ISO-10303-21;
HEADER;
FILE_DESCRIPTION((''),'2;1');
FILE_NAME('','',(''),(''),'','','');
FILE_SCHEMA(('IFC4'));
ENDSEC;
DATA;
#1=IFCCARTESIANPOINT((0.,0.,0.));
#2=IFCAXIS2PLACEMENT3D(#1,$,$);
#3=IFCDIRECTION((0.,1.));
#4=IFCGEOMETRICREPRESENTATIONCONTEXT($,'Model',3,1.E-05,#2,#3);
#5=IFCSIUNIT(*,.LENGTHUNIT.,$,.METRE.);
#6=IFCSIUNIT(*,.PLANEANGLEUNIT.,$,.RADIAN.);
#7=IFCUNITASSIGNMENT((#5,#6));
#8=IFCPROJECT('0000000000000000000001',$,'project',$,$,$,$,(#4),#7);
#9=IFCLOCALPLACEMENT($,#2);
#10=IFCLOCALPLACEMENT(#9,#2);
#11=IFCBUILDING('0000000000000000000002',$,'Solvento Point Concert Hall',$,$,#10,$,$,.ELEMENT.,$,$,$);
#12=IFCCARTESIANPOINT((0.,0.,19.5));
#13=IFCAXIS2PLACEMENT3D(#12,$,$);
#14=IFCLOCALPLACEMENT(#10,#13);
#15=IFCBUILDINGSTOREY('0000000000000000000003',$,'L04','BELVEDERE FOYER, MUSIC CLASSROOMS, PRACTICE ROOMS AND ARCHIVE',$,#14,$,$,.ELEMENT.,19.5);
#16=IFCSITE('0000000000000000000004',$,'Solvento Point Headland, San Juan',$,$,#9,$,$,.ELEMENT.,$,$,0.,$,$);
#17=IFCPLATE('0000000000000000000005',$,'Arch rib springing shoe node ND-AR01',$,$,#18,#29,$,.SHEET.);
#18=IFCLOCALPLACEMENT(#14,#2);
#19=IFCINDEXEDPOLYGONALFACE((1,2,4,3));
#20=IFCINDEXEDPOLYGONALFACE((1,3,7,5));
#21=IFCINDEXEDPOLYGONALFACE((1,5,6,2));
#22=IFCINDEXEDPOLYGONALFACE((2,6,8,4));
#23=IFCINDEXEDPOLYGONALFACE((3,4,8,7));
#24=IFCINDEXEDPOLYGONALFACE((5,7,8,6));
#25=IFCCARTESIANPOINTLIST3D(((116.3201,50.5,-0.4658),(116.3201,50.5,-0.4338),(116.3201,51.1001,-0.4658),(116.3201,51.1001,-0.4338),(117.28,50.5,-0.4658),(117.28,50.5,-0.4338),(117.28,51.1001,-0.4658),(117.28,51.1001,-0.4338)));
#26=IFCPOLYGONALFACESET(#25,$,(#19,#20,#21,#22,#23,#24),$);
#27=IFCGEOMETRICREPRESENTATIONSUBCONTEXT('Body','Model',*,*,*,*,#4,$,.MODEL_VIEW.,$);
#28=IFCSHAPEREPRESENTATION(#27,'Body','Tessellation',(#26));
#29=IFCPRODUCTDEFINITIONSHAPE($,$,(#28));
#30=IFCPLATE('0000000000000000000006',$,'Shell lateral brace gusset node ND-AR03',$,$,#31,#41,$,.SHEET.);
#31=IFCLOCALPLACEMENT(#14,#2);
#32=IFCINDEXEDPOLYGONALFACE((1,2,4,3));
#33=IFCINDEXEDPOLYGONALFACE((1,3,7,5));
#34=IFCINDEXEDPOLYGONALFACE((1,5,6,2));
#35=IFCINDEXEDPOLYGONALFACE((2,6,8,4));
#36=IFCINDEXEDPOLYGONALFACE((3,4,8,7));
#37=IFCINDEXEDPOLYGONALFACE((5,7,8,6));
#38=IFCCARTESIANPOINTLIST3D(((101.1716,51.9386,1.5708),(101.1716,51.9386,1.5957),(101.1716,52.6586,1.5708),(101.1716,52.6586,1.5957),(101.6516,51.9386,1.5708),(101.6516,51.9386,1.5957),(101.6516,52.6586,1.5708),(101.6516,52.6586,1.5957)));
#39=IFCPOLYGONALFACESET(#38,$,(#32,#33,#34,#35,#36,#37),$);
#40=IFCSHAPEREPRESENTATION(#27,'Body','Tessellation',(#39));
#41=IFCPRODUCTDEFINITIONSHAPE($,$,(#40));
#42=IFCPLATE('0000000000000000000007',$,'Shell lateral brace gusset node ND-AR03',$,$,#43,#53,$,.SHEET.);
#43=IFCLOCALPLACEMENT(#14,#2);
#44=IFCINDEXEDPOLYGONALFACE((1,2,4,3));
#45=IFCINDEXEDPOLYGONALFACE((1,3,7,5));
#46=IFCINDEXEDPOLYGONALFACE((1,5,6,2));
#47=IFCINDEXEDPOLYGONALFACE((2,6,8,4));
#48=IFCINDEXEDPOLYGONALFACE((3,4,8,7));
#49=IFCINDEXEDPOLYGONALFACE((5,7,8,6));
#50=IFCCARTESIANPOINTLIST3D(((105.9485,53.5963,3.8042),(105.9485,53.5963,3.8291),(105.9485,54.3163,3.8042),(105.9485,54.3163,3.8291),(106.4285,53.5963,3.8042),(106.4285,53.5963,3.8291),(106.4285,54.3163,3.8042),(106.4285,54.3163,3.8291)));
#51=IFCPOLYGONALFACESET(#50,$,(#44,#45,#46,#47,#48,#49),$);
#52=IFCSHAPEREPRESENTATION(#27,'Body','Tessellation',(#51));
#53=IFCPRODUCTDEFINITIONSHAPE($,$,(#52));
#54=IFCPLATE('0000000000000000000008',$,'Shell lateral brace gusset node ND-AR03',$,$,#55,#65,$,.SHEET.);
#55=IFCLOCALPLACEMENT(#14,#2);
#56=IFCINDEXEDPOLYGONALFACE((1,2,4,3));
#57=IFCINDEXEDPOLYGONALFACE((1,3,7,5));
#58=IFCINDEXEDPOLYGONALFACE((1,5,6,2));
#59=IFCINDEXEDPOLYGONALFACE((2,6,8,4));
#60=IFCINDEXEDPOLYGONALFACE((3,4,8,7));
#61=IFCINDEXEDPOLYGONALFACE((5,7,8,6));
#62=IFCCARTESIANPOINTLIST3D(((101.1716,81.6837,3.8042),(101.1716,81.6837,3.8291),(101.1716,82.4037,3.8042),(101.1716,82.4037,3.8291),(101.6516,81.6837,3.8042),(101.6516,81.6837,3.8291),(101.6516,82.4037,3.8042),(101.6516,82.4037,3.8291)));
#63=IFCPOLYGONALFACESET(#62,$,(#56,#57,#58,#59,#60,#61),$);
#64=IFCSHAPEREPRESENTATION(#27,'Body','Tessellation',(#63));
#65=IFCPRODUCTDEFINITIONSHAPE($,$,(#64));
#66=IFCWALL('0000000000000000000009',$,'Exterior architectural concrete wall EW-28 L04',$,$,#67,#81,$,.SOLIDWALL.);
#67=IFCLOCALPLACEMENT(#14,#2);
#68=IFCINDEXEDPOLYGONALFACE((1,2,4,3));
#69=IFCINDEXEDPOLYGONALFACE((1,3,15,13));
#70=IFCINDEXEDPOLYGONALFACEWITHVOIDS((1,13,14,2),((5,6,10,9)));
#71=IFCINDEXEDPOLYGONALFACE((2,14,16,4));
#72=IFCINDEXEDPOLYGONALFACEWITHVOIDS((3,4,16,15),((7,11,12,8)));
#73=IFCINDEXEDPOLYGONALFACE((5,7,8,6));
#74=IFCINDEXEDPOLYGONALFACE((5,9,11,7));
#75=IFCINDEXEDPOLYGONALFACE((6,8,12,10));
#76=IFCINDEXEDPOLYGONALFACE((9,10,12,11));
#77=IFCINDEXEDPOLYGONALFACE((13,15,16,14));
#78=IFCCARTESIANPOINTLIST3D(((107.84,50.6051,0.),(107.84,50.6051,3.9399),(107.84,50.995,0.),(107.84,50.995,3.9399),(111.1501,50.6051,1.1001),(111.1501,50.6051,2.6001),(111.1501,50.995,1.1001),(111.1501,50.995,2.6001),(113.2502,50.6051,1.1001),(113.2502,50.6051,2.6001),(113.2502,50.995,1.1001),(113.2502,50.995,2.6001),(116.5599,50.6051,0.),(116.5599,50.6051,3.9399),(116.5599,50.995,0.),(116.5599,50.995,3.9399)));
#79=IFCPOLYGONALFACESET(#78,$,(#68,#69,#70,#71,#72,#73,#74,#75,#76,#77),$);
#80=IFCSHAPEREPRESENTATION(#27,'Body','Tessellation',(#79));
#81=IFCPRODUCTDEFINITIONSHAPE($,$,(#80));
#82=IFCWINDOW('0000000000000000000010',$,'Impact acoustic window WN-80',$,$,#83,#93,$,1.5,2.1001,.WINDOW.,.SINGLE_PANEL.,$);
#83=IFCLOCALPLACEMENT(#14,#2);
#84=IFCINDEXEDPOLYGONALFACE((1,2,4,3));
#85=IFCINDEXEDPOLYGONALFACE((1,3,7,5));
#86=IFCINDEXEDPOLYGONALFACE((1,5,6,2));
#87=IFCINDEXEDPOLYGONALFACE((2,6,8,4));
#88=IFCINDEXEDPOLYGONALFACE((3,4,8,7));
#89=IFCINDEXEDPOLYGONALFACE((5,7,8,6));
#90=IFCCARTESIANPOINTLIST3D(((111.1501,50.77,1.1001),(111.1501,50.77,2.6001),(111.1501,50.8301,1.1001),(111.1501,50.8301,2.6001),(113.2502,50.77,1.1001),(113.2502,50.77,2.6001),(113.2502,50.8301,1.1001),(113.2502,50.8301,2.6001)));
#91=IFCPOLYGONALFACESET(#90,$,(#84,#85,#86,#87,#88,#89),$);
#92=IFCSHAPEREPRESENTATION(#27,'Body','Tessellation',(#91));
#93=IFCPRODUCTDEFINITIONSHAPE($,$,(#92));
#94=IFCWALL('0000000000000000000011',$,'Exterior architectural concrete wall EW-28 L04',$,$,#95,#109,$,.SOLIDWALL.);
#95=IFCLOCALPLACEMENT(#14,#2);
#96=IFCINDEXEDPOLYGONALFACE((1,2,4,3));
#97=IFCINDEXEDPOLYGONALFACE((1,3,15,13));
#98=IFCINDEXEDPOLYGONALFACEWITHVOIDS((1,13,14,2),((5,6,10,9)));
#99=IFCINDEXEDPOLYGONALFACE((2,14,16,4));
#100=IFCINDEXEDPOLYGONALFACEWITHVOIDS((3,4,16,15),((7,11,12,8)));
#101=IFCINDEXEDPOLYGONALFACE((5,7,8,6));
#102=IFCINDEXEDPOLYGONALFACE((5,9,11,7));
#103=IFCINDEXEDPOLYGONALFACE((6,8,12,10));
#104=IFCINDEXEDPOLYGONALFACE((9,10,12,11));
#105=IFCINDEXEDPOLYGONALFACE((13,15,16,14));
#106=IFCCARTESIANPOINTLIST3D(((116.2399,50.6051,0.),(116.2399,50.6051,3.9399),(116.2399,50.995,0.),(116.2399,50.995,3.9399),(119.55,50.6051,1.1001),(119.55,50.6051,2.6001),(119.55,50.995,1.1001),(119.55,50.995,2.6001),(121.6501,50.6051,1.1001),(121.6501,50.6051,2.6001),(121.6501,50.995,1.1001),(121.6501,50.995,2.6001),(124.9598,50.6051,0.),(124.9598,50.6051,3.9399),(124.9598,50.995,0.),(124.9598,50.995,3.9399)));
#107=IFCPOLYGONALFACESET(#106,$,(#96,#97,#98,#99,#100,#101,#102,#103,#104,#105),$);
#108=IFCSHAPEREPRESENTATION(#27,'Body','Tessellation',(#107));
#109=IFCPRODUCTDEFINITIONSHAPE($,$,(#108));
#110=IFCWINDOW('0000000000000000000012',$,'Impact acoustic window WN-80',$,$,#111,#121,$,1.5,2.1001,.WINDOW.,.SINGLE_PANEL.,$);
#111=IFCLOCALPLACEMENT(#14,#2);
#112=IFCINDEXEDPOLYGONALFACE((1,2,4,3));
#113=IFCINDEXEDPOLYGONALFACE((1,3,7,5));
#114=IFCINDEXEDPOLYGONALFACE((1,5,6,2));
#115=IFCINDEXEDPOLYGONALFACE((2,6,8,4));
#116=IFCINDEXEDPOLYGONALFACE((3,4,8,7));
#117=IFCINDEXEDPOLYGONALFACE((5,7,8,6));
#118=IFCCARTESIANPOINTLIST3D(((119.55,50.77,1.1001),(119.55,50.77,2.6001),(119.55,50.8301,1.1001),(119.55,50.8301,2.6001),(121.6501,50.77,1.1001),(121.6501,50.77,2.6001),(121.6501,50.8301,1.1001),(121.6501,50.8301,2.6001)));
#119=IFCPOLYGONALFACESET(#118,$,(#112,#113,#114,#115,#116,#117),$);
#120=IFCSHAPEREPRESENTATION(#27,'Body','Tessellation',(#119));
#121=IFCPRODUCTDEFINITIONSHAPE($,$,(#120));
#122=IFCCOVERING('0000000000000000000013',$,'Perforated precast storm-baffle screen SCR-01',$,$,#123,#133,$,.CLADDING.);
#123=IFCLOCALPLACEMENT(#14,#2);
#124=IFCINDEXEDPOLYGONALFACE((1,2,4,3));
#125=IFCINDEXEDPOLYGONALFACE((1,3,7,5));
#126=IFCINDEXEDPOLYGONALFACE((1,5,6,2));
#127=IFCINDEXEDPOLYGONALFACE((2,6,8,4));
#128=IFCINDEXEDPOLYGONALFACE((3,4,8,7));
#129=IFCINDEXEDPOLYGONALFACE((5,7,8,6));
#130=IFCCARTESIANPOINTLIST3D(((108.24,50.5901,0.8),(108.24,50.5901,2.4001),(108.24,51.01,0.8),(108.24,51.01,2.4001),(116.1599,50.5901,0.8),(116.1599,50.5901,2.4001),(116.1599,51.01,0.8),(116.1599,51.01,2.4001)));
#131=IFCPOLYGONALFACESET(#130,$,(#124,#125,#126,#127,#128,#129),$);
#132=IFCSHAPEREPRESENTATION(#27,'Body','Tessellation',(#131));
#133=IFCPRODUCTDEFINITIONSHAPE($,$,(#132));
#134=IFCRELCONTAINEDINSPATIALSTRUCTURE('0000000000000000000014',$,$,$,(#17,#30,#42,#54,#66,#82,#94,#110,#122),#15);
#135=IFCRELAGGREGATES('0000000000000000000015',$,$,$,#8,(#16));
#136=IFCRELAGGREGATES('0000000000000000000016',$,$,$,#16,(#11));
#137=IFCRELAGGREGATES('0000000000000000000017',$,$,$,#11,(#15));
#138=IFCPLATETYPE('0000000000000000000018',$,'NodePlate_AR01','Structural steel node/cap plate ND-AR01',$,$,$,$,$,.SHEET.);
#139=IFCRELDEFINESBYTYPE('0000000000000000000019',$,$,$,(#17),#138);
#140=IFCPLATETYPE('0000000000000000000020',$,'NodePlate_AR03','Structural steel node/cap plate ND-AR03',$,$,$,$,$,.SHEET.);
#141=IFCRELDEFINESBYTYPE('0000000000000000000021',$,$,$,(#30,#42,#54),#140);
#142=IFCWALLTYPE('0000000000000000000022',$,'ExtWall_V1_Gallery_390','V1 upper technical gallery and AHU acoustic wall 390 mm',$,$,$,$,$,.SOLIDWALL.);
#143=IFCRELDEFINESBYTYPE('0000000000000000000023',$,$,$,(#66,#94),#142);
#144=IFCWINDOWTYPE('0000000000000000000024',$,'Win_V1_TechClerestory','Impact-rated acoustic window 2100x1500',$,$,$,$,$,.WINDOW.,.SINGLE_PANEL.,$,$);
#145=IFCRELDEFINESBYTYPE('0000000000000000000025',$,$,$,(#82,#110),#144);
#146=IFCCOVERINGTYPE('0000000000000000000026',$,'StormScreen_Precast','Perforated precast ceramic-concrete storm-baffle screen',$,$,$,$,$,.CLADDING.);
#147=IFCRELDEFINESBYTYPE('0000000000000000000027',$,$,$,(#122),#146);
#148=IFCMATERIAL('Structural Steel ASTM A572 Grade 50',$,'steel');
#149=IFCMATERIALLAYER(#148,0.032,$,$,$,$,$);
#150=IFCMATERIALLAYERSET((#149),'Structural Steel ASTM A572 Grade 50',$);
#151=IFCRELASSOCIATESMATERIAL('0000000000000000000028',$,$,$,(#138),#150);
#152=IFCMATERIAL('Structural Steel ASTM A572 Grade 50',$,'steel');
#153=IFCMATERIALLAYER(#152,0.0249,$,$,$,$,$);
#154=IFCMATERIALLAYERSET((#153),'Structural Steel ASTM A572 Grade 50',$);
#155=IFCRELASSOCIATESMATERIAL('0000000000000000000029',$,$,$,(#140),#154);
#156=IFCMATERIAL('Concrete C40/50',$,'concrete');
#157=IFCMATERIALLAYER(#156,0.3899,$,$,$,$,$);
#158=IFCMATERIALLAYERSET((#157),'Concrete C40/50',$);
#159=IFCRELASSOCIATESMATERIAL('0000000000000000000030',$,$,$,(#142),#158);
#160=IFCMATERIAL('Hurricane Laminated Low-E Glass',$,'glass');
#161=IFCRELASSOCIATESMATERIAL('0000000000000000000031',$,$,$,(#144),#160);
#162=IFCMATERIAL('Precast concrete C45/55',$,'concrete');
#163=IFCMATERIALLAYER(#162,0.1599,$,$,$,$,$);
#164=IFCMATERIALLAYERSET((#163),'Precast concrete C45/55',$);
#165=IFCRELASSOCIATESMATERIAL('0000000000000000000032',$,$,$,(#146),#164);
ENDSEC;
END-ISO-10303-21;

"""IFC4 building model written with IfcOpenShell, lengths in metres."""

from ifc_helpers import new_model, si_unit, direction, frame, frame_2d, origin, origin_2d, place, context, subcontext, project, spatial, rectangle, extrude, material, layer, layer_set, type_object, element, fill, save


model = new_model("IFC4")

# Units and contexts
model_context = context("Model", 3, precision=1e-05, world=origin(), true_north=direction((0.0, 1.0)))
body_context = subcontext(model_context, "Body", "Model", "MODEL_VIEW")
ifc_project = project(units=[si_unit("LENGTHUNIT", "METRE"), si_unit("PLANEANGLEUNIT", "RADIAN")], contexts=[model_context])

# Site, building, storey
site_placement = place(None, origin())
site = spatial("IfcSite", under=ifc_project, at=site_placement, Name="Solvento Point Headland, San Juan", CompositionType="ELEMENT", RefElevation=0.0)
building_placement = place(site_placement, origin())
building = spatial("IfcBuilding", under=site, at=building_placement, Name="Solvento Point Concert Hall", CompositionType="ELEMENT")
storey_placement = place(building_placement, frame((0.0, 0.0, 19.5)))
storey = spatial("IfcBuildingStorey", under=building, at=storey_placement, Name="L04", Description="BELVEDERE FOYER, MUSIC CLASSROOMS, PRACTICE ROOMS AND ARCHIVE", CompositionType="ELEMENT", Elevation=19.5)

# Plates
ifc_material_1 = material(Name="Structural Steel ASTM A572 Grade 50", Category="steel")
ifc_layer_1 = layer(ifc_material_1, 0.032)
ifc_layer_set_1 = layer_set([ifc_layer_1], Name="Structural Steel ASTM A572 Grade 50")
plate_type_1 = type_object("IfcPlateType", Name="NodePlate_AR01", Description="Structural steel node/cap plate ND-AR01", PredefinedType="SHEET", material=ifc_layer_set_1)
for number, where, z_axis, x_axis, name in (
    (1, (116.8, 50.8, -0.4658), (0.0, 0.0, 1.0), (1.0, 0.0, 0.0), "Arch rib springing shoe node ND-AR01"),
):
    element("IfcPlate", number, at=place(storey_placement, frame(where, z_axis=z_axis, x_axis=x_axis)), inside=storey, type_object=plate_type_1, Name=name, PredefinedType="SHEET", context=body_context, shape_type="SweptSolid", body=[
        extrude(rectangle(XDim=0.96, YDim=0.6001, at=origin_2d()), origin(), (0.0, 0.0, 1.0), 0.032),
    ])
ifc_material_2 = material(Name="Structural Steel ASTM A572 Grade 50", Category="steel")
ifc_layer_2 = layer(ifc_material_2, 0.0249)
ifc_layer_set_2 = layer_set([ifc_layer_2], Name="Structural Steel ASTM A572 Grade 50")
plate_type_2 = type_object("IfcPlateType", Name="NodePlate_AR03", Description="Structural steel node/cap plate ND-AR03", PredefinedType="SHEET", material=ifc_layer_set_2)
for number, where, z_axis, x_axis, name in (
    (2, (101.4116, 52.2986, 1.5708), (0.0, 0.0, 1.0), (0.0, 1.0, 0.0), "Shell lateral brace gusset node ND-AR03"),
    (3, (106.1885, 53.9563, 3.8042), (0.0, 0.0, 1.0), (0.0, 1.0, 0.0), "Shell lateral brace gusset node ND-AR03"),
    (4, (101.4116, 82.0437, 3.8042), (0.0, 0.0, 1.0), (0.0, 1.0, 0.0), "Shell lateral brace gusset node ND-AR03"),
):
    element("IfcPlate", number, at=place(storey_placement, frame(where, z_axis=z_axis, x_axis=x_axis)), inside=storey, type_object=plate_type_2, Name=name, PredefinedType="SHEET", context=body_context, shape_type="SweptSolid", body=[
        extrude(rectangle(XDim=0.72, YDim=0.48, at=origin_2d()), origin(), (0.0, 0.0, 1.0), 0.0249),
    ])

# Walls, openings, windows
ifc_material_3 = material(Name="Concrete C40/50", Category="concrete")
ifc_layer_3 = layer(ifc_material_3, 0.3899)
ifc_layer_set_3 = layer_set([ifc_layer_3], Name="Concrete C40/50")
wall_type = type_object("IfcWallType", Name="ExtWall_V1_Gallery_390", Description="V1 upper technical gallery and AHU acoustic wall 390 mm", PredefinedType="SOLIDWALL", material=ifc_layer_set_3)
wall_1_placement = place(storey_placement, frame((107.8401, 50.8, 0.0), z_axis=(0.0, 0.0, 1.0), x_axis=(1.0, 0.0, 0.0)))
wall_1 = element("IfcWall", 5, at=wall_1_placement, inside=storey, type_object=wall_type, Name="Exterior architectural concrete wall EW-28 L04", PredefinedType="SOLIDWALL", context=body_context, shape_type="SweptSolid", body=[
    extrude(rectangle(XDim=8.72, YDim=0.3899, at=frame_2d((4.3599, 0.0))), origin(), (0.0, 0.0, 1.0), 3.9399),
])
opening_1_placement = place(wall_1_placement, frame((3.3101, 0.0, 1.1001)))
opening_1 = element("IfcOpeningElement", 6, at=opening_1_placement, cuts=wall_1, PredefinedType="OPENING", context=body_context, shape_type="SweptSolid", body=[
    extrude(rectangle(XDim=2.1001, YDim=1.5, at=frame_2d((1.05, 0.75))), frame((0.0, 0.2048, 0.0), z_axis=(0.0, -1.0, 0.0), x_axis=(1.0, 0.0, 0.0)), (0.0, 0.0, 1.0), 0.4099),
])
ifc_material_4 = material(Name="Hurricane Laminated Low-E Glass", Category="glass")
window_type = type_object("IfcWindowType", Name="Win_V1_TechClerestory", Description="Impact-rated acoustic window 2100x1500", PartitioningType="SINGLE_PANEL", PredefinedType="WINDOW", material=ifc_material_4)
window_1_placement = place(opening_1_placement, origin())
window_1 = element("IfcWindow", 7, at=window_1_placement, inside=storey, type_object=window_type, Name="Impact acoustic window WN-80", OverallHeight=1.5, OverallWidth=2.1001, PartitioningType="SINGLE_PANEL", PredefinedType="WINDOW", context=body_context, shape_type="SweptSolid", body=[
    extrude(rectangle(XDim=2.1001, YDim=1.5, at=frame_2d((1.05, 0.75))), frame((0.0, 0.03, 0.0), z_axis=(0.0, -1.0, 0.0), x_axis=(1.0, 0.0, 0.0)), (0.0, 0.0, 1.0), 0.0601),
])
fill(opening_1, window_1)
wall_2_placement = place(storey_placement, frame((116.24, 50.8, 0.0), z_axis=(0.0, 0.0, 1.0), x_axis=(1.0, 0.0, 0.0)))
wall_2 = element("IfcWall", 8, at=wall_2_placement, inside=storey, type_object=wall_type, Name="Exterior architectural concrete wall EW-28 L04", PredefinedType="SOLIDWALL", context=body_context, shape_type="SweptSolid", body=[
    extrude(rectangle(XDim=8.72, YDim=0.3899, at=frame_2d((4.3599, 0.0))), origin(), (0.0, 0.0, 1.0), 3.9399),
])
opening_2_placement = place(wall_2_placement, frame((3.3101, 0.0, 1.1001)))
opening_2 = element("IfcOpeningElement", 9, at=opening_2_placement, cuts=wall_2, PredefinedType="OPENING", context=body_context, shape_type="SweptSolid", body=[
    extrude(rectangle(XDim=2.1001, YDim=1.5, at=frame_2d((1.05, 0.75))), frame((0.0, 0.2048, 0.0), z_axis=(0.0, -1.0, 0.0), x_axis=(1.0, 0.0, 0.0)), (0.0, 0.0, 1.0), 0.4099),
])
window_2_placement = place(opening_2_placement, origin())
window_2 = element("IfcWindow", 10, at=window_2_placement, inside=storey, type_object=window_type, Name="Impact acoustic window WN-80", OverallHeight=1.5, OverallWidth=2.1001, PartitioningType="SINGLE_PANEL", PredefinedType="WINDOW", context=body_context, shape_type="SweptSolid", body=[
    extrude(rectangle(XDim=2.1001, YDim=1.5, at=frame_2d((1.05, 0.75))), frame((0.0, 0.03, 0.0), z_axis=(0.0, -1.0, 0.0), x_axis=(1.0, 0.0, 0.0)), (0.0, 0.0, 1.0), 0.0601),
])
fill(opening_2, window_2)

# Covering
ifc_material_5 = material(Name="Precast concrete C45/55", Category="concrete")
ifc_layer_4 = layer(ifc_material_5, 0.1599)
ifc_layer_set_4 = layer_set([ifc_layer_4], Name="Precast concrete C45/55")
covering_type = type_object("IfcCoveringType", Name="StormScreen_Precast", Description="Perforated precast ceramic-concrete storm-baffle screen", PredefinedType="CLADDING", material=ifc_layer_set_4)
covering_placement = place(storey_placement, frame((112.2, 50.8, 0.8), z_axis=(0.0, 0.0, 1.0), x_axis=(1.0, 0.0, 0.0)))
element("IfcCovering", 11, at=covering_placement, inside=storey, type_object=covering_type, Name="Perforated precast storm-baffle screen SCR-01", PredefinedType="CLADDING", context=body_context, shape_type="SweptSolid", body=[
    extrude(rectangle(XDim=7.9199, YDim=0.4199, at=origin_2d()), origin(), (0.0, 0.0, 1.0), 1.6001),
])

save(model, "model.ifc")
